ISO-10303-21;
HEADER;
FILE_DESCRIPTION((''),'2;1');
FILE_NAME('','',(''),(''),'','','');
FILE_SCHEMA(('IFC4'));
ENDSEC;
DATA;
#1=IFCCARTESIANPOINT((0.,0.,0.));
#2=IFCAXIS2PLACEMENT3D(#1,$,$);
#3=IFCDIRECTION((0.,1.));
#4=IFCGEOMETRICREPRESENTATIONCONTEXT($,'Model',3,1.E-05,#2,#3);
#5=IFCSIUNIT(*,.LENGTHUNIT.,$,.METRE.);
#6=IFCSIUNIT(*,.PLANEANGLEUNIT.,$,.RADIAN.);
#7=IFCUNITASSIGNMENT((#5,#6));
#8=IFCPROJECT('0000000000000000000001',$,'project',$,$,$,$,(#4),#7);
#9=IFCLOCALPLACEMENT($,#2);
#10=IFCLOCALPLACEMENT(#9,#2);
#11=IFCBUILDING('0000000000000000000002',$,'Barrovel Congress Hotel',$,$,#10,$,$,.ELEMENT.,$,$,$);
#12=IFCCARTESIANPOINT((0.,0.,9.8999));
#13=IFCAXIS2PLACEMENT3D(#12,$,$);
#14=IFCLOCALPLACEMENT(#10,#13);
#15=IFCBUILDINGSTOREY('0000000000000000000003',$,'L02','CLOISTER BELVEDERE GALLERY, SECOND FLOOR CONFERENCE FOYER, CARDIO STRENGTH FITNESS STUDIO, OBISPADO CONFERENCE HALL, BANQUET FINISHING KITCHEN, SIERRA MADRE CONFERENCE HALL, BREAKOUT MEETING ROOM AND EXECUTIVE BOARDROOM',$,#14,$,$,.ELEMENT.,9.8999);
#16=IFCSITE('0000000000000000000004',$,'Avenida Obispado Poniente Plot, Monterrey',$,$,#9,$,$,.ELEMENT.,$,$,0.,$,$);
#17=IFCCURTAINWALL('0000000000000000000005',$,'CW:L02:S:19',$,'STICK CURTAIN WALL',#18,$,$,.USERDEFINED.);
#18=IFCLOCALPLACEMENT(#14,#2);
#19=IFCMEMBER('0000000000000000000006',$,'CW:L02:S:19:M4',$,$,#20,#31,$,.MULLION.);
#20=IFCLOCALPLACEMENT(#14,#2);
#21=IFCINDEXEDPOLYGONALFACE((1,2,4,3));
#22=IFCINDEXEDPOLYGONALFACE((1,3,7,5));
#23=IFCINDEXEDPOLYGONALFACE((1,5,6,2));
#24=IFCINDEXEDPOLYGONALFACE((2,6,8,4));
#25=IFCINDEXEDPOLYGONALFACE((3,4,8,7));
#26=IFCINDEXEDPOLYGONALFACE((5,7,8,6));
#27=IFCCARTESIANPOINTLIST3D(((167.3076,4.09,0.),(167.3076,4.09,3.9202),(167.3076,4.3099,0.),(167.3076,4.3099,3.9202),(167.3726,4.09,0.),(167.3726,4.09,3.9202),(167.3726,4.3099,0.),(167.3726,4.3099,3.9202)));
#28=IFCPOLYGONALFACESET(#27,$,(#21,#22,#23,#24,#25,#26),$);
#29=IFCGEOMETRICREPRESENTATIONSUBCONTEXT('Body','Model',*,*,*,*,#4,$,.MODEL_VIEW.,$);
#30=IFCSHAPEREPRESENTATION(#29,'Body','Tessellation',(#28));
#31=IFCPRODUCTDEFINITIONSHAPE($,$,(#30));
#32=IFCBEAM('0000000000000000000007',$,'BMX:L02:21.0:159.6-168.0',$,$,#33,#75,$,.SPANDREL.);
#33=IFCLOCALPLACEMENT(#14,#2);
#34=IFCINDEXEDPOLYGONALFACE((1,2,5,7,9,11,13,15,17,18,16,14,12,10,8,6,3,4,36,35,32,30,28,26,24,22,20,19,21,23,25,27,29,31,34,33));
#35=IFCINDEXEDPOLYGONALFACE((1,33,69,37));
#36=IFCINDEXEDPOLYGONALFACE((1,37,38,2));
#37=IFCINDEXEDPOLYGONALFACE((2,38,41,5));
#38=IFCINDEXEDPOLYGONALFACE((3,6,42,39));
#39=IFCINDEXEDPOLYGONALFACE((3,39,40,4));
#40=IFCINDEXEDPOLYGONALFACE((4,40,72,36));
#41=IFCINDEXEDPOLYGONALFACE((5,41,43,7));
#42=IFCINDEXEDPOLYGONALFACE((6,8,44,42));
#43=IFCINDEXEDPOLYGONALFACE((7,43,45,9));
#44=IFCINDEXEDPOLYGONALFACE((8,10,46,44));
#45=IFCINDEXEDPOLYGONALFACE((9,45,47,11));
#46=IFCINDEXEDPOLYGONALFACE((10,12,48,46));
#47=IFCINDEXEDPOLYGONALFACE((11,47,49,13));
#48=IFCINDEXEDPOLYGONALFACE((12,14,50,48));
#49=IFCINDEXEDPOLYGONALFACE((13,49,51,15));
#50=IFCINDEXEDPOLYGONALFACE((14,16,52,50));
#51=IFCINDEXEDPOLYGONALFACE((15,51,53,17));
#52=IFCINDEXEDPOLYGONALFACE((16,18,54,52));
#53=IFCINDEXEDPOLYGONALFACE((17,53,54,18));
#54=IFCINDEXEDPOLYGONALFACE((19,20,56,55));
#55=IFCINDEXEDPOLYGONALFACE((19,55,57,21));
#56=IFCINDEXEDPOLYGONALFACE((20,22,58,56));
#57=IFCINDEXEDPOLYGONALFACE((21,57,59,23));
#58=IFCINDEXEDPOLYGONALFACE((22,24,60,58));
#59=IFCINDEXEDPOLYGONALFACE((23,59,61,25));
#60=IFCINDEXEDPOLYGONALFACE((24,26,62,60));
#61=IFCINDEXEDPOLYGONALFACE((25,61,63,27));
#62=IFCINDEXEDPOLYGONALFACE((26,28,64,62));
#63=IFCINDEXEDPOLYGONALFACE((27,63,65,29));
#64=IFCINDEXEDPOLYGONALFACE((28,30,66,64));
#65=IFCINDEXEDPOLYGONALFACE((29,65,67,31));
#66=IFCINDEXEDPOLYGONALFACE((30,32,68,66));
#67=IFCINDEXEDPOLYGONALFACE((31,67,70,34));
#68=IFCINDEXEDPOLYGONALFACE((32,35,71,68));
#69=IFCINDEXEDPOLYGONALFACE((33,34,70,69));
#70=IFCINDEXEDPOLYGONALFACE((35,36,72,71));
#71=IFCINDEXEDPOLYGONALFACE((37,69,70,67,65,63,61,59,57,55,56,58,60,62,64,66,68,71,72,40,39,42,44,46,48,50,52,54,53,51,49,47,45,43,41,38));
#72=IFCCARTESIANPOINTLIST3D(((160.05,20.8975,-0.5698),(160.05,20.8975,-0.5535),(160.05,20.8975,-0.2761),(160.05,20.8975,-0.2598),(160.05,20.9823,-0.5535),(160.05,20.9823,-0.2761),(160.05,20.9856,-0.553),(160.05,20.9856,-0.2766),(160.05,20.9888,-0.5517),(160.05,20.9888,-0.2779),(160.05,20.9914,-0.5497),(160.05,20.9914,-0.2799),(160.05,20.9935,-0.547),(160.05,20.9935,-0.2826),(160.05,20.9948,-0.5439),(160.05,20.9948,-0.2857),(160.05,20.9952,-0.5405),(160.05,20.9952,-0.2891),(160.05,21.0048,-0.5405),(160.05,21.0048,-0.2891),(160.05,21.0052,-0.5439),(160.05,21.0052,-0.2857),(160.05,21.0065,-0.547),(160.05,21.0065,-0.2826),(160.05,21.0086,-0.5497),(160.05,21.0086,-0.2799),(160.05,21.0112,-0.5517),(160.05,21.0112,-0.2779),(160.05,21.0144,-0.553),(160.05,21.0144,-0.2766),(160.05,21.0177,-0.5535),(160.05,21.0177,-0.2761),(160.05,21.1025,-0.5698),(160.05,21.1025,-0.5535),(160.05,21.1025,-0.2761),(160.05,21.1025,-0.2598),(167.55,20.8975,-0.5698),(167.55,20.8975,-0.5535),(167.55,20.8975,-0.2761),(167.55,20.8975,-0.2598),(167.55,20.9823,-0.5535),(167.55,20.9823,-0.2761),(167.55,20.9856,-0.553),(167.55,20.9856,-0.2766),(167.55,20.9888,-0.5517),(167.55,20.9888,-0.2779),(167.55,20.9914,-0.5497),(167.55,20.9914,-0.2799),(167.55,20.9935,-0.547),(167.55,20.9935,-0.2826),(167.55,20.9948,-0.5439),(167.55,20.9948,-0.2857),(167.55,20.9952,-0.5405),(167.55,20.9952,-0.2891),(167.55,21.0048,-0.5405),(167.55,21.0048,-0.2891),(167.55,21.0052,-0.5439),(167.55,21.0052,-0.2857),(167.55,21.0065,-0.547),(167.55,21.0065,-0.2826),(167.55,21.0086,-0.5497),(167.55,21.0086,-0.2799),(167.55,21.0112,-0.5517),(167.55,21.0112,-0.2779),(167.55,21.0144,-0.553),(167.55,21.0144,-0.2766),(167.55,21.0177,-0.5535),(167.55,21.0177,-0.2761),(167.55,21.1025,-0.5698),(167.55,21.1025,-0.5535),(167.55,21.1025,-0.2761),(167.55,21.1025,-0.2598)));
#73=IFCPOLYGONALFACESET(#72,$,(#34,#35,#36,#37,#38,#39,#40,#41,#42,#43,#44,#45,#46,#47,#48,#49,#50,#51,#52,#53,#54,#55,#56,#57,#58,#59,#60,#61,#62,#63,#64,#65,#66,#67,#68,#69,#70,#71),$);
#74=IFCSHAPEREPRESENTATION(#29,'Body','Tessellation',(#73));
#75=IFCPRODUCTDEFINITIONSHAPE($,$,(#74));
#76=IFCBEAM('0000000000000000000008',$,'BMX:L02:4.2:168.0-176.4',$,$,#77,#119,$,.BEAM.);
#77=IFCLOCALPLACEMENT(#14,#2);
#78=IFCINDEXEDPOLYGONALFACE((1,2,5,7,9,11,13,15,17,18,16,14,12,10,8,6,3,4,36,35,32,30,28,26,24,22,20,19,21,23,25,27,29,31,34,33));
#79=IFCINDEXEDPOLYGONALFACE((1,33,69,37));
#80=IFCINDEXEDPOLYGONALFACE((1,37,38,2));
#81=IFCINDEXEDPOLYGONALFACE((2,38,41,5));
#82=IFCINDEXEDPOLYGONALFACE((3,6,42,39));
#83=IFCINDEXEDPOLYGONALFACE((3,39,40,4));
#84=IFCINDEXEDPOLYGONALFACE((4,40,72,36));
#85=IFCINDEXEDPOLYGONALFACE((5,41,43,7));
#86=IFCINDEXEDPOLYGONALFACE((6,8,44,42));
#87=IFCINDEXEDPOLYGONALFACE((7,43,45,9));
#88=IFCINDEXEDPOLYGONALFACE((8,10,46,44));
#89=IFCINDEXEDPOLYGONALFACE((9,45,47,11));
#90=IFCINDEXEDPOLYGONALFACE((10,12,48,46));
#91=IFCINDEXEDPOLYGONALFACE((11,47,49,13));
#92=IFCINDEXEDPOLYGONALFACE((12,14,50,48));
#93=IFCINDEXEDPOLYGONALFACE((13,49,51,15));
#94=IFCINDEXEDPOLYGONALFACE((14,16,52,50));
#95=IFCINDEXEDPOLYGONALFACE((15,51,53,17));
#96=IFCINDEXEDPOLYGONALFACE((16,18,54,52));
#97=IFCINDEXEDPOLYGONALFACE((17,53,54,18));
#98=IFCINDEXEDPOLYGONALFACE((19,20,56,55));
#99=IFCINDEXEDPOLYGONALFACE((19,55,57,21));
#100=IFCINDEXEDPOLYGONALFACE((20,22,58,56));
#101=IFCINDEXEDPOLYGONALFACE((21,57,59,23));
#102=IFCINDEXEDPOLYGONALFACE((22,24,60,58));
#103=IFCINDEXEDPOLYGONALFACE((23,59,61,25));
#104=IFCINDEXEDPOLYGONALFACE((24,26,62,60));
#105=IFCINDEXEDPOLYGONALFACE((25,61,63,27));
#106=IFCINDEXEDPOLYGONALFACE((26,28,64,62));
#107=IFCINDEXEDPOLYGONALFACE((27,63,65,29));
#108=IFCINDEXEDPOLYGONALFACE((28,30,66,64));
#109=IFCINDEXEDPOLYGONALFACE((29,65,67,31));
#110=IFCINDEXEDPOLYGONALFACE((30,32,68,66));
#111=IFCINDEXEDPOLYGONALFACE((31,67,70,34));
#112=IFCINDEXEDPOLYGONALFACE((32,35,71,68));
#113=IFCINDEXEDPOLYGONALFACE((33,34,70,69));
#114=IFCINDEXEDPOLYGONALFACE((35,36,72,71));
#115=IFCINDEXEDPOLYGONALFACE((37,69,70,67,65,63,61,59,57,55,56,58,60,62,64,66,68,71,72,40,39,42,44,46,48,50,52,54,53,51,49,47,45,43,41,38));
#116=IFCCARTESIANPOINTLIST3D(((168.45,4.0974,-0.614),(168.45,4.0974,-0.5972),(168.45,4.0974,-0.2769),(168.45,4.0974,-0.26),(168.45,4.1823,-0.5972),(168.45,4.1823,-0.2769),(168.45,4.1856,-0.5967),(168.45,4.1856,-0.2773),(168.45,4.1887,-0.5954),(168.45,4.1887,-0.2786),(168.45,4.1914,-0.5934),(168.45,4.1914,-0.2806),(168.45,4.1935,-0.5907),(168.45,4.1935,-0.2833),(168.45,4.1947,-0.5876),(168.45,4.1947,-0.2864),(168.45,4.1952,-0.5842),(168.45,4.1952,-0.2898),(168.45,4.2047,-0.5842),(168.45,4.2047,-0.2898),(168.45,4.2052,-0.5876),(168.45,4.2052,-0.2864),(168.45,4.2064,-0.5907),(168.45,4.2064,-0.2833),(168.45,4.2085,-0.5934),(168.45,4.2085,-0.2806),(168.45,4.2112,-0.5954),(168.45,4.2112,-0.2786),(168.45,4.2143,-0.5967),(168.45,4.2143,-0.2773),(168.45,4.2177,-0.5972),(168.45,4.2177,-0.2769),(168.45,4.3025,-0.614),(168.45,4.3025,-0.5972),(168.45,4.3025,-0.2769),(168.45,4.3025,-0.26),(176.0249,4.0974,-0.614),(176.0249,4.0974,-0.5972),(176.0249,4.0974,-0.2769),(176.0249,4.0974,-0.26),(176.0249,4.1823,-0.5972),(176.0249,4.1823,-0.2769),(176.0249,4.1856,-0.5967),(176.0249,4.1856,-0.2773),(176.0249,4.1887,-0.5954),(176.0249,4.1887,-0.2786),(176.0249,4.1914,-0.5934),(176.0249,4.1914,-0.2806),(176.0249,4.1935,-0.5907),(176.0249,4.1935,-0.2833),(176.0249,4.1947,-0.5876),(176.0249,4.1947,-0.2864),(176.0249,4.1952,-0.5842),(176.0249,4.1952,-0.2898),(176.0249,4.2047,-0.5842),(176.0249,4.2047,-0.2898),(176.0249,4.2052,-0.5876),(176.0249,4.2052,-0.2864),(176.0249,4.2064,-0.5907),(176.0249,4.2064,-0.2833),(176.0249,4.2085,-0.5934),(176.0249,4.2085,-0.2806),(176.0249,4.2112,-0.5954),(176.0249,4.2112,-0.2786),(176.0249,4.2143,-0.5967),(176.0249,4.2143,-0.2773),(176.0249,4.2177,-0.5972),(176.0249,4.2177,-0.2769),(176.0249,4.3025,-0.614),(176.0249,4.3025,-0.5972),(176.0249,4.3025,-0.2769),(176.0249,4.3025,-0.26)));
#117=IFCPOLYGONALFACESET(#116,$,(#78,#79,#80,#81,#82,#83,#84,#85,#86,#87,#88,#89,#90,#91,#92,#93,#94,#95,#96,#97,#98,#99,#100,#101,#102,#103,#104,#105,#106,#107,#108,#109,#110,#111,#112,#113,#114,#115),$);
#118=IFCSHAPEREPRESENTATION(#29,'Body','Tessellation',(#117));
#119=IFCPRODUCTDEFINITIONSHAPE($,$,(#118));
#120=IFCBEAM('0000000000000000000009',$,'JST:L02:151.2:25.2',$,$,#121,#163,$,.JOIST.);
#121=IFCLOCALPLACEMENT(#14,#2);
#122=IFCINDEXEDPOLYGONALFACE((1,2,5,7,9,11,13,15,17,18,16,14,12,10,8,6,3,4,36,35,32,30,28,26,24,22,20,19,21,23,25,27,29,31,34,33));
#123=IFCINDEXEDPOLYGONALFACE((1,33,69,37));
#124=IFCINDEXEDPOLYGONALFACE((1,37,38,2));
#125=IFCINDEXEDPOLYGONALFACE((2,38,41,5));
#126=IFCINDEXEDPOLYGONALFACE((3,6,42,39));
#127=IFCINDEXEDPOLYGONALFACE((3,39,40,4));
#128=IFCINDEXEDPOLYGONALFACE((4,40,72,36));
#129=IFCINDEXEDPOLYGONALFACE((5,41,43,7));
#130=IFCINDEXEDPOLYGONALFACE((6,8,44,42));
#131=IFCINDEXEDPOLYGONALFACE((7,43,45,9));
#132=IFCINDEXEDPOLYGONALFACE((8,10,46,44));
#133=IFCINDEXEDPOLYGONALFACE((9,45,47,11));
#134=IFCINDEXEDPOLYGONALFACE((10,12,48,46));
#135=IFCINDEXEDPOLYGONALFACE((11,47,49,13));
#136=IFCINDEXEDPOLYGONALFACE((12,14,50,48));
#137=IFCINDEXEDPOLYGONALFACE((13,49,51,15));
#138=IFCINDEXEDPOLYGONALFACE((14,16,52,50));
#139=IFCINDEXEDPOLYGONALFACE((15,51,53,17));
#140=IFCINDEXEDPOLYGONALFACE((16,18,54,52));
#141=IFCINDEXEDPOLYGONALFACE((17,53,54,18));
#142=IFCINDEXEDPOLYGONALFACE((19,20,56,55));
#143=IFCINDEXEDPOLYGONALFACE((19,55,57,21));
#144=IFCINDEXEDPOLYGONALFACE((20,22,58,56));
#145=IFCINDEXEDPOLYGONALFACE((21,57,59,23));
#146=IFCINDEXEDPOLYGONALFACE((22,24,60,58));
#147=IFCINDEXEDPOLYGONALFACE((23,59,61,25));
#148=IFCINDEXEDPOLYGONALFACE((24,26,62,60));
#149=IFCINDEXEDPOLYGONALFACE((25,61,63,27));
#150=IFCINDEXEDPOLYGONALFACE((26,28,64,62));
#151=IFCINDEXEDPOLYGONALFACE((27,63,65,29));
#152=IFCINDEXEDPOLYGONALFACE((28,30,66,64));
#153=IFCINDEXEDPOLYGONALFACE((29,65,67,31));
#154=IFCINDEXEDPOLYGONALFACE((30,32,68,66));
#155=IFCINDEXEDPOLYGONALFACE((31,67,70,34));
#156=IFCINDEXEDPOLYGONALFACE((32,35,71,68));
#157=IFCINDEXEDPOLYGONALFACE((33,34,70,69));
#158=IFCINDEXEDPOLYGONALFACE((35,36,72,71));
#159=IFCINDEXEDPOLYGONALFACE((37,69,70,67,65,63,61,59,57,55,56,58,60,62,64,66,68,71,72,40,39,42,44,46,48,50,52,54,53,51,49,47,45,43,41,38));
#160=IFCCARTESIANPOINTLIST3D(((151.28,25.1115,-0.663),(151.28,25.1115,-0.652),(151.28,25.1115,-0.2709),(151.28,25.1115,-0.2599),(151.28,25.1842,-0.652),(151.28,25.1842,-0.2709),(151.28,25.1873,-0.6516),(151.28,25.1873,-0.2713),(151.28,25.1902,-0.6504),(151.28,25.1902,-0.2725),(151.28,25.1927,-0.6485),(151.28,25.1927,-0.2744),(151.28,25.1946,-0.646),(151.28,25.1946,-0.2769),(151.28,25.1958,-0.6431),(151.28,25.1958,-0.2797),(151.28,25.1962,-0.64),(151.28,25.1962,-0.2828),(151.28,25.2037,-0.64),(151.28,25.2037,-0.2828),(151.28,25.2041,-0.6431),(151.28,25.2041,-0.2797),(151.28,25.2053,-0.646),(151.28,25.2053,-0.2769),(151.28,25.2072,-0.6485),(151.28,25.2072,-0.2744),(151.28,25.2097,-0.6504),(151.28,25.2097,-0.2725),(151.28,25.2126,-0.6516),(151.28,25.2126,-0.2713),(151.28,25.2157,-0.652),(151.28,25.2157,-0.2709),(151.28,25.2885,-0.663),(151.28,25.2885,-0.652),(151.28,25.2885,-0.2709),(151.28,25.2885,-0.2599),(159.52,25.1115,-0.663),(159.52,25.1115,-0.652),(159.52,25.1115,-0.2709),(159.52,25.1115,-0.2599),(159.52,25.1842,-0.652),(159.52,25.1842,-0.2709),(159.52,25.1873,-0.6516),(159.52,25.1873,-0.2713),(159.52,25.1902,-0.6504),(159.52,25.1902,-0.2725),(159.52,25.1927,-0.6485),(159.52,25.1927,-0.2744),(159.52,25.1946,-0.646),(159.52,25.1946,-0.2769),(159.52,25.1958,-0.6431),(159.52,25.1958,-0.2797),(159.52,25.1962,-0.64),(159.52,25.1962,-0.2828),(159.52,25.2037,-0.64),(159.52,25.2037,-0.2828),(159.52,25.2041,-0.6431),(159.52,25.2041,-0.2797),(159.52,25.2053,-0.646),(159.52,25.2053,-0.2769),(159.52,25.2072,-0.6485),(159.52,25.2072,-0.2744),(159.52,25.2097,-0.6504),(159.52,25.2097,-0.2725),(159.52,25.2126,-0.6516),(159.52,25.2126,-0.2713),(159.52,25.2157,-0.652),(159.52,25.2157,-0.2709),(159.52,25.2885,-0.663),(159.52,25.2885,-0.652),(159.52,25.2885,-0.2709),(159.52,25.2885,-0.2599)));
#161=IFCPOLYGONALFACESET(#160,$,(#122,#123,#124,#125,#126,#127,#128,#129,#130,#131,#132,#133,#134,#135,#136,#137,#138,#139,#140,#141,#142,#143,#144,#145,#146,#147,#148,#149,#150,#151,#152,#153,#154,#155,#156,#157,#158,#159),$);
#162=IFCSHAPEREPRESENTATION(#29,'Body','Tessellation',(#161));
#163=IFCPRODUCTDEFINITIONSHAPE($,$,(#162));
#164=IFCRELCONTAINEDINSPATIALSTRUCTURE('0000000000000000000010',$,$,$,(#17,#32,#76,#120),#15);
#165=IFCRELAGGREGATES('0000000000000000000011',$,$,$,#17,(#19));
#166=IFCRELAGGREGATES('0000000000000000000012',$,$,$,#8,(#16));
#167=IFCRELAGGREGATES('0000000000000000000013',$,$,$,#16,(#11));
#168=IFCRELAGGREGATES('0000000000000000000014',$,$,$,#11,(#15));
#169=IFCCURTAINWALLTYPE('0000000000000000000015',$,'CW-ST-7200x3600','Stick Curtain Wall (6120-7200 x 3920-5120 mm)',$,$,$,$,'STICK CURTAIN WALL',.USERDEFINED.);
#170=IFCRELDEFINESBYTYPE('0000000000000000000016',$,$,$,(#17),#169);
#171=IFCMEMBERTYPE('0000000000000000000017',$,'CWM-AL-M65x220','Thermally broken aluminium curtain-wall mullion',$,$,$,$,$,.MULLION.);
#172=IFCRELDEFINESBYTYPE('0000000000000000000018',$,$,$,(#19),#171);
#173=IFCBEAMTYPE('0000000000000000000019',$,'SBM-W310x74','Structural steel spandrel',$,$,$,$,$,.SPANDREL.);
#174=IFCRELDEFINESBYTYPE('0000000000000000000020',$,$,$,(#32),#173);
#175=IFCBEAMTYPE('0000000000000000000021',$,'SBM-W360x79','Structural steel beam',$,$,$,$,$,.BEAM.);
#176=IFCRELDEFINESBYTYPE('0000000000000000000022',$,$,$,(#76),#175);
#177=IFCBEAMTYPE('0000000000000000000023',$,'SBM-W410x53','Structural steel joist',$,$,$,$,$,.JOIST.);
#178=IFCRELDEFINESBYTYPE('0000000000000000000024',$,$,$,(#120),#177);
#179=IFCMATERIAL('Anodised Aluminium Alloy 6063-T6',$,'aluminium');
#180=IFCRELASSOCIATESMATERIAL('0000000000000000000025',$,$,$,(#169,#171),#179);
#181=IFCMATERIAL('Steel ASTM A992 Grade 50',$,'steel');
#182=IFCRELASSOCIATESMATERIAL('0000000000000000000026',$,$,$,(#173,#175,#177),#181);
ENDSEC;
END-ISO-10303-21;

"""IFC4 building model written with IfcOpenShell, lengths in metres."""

from ifc_helpers import new_model, si_unit, direction, frame, origin, origin_2d, place, context, subcontext, project, spatial, rectangle, i_section, extrude, material, material_profile, profile_set, type_object, element, aggregate, save


model = new_model("IFC4")

# Units and contexts
model_context = context("Model", 3, precision=1e-05, world=origin(), true_north=direction((0.0, 1.0)))
body_context = subcontext(model_context, "Body", "Model", "MODEL_VIEW")
ifc_project = project(units=[si_unit("LENGTHUNIT", "METRE"), si_unit("PLANEANGLEUNIT", "RADIAN")], contexts=[model_context])

# Site, building, storey
site_placement = place(None, origin())
site = spatial("IfcSite", under=ifc_project, at=site_placement, Name="Avenida Obispado Poniente Plot, Monterrey", CompositionType="ELEMENT", RefElevation=0.0)
building_placement = place(site_placement, origin())
building = spatial("IfcBuilding", under=site, at=building_placement, Name="Barrovel Congress Hotel", CompositionType="ELEMENT")
storey_placement = place(building_placement, frame((0.0, 0.0, 9.8999)))
storey = spatial("IfcBuildingStorey", under=building, at=storey_placement, Name="L02", Description="CLOISTER BELVEDERE GALLERY, SECOND FLOOR CONFERENCE FOYER, CARDIO STRENGTH FITNESS STUDIO, OBISPADO CONFERENCE HALL, BANQUET FINISHING KITCHEN, SIERRA MADRE CONFERENCE HALL, BREAKOUT MEETING ROOM AND EXECUTIVE BOARDROOM", CompositionType="ELEMENT", Elevation=9.8999)

# Curtain wall, member
ifc_material_1 = material(Name="Anodised Aluminium Alloy 6063-T6", Category="aluminium")
curtain_wall_type = type_object("IfcCurtainWallType", Name="CW-ST-7200x3600", Description="Stick Curtain Wall (6120-7200 x 3920-5120 mm)", ElementType="STICK CURTAIN WALL", PredefinedType="USERDEFINED", material=ifc_material_1)
curtain_wall_placement = place(storey_placement, origin())
curtain_wall = element("IfcCurtainWall", 1, at=curtain_wall_placement, inside=storey, type_object=curtain_wall_type, Name="CW:L02:S:19", ObjectType="STICK CURTAIN WALL", PredefinedType="USERDEFINED")
ifc_material_profile_1 = material_profile(ifc_material_1, rectangle(XDim=0.0649, YDim=0.22, at=origin_2d()), Name="AL-M65x220")
ifc_profile_set_1 = profile_set([ifc_material_profile_1], Name="Anodised Aluminium Alloy 6063-T6")
member_type = type_object("IfcMemberType", Name="CWM-AL-M65x220", Description="Thermally broken aluminium curtain-wall mullion", PredefinedType="MULLION", material=ifc_profile_set_1)
member_placement = place(storey_placement, frame((167.3401, 4.2, 0.0), z_axis=(0.0, 0.0, 1.0), x_axis=(1.0, 0.0, 0.0)))
member = element("IfcMember", 2, at=member_placement, type_object=member_type, Name="CW:L02:S:19:M4", PredefinedType="MULLION", context=body_context, shape_type="SweptSolid", body=[
    extrude(rectangle(XDim=0.0649, YDim=0.22, at=origin_2d()), origin(), (0.0, 0.0, 1.0), 3.9202),
])
aggregate(curtain_wall, [member])

# Beams
ifc_material_2 = material(Name="Steel ASTM A992 Grade 50", Category="steel")
ifc_material_profile_2 = material_profile(ifc_material_2, i_section(OverallWidth=0.2051, OverallDepth=0.3101, WebThickness=0.0095, FlangeThickness=0.0164, FilletRadius=0.0129, at=origin_2d()), Name="W310x74")
ifc_profile_set_2 = profile_set([ifc_material_profile_2], Name="Steel ASTM A992 Grade 50")
beam_type_1 = type_object("IfcBeamType", Name="SBM-W310x74", Description="Structural steel spandrel", PredefinedType="SPANDREL", material=ifc_profile_set_2)
beam_1_placement = place(storey_placement, frame((160.05, 21.0, -0.4148), z_axis=(1.0, 0.0, 0.0), x_axis=(0.0, 1.0, 0.0)))
element("IfcBeam", 3, at=beam_1_placement, inside=storey, type_object=beam_type_1, Name="BMX:L02:21.0:159.6-168.0", PredefinedType="SPANDREL", context=body_context, shape_type="SweptSolid", body=[
    extrude(i_section(OverallWidth=0.2051, OverallDepth=0.3101, WebThickness=0.0095, FlangeThickness=0.0164, FilletRadius=0.0129, at=origin_2d()), origin(), (0.0, 0.0, 1.0), 7.5),
])
ifc_material_profile_3 = material_profile(ifc_material_2, i_section(OverallWidth=0.2051, OverallDepth=0.354, WebThickness=0.0095, FlangeThickness=0.0168, FilletRadius=0.0129, at=origin_2d()), Name="W360x79")
ifc_profile_set_3 = profile_set([ifc_material_profile_3], Name="Steel ASTM A992 Grade 50")
beam_type_2 = type_object("IfcBeamType", Name="SBM-W360x79", Description="Structural steel beam", PredefinedType="BEAM", material=ifc_profile_set_3)
beam_2_placement = place(storey_placement, frame((168.45, 4.2, -0.437), z_axis=(1.0, 0.0, 0.0), x_axis=(0.0, 1.0, 0.0)))
element("IfcBeam", 4, at=beam_2_placement, inside=storey, type_object=beam_type_2, Name="BMX:L02:4.2:168.0-176.4", PredefinedType="BEAM", context=body_context, shape_type="SweptSolid", body=[
    extrude(i_section(OverallWidth=0.2051, OverallDepth=0.354, WebThickness=0.0095, FlangeThickness=0.0168, FilletRadius=0.0129, at=origin_2d()), origin(), (0.0, 0.0, 1.0), 7.575),
])
ifc_material_profile_4 = material_profile(ifc_material_2, i_section(OverallWidth=0.177, OverallDepth=0.4031, WebThickness=0.0076, FlangeThickness=0.011, FilletRadius=0.012, at=origin_2d()), Name="W410x53")
ifc_profile_set_4 = profile_set([ifc_material_profile_4], Name="Steel ASTM A992 Grade 50")
beam_type_3 = type_object("IfcBeamType", Name="SBM-W410x53", Description="Structural steel joist", PredefinedType="JOIST", material=ifc_profile_set_4)
beam_3_placement = place(storey_placement, frame((151.28, 25.2, -0.4614), z_axis=(1.0, 0.0, 0.0), x_axis=(0.0, 1.0, 0.0)))
element("IfcBeam", 5, at=beam_3_placement, inside=storey, type_object=beam_type_3, Name="JST:L02:151.2:25.2", PredefinedType="JOIST", context=body_context, shape_type="SweptSolid", body=[
    extrude(i_section(OverallWidth=0.177, OverallDepth=0.4031, WebThickness=0.0076, FlangeThickness=0.011, FilletRadius=0.012, at=origin_2d()), origin(), (0.0, 0.0, 1.0), 8.24),
])

save(model, "model.ifc")
